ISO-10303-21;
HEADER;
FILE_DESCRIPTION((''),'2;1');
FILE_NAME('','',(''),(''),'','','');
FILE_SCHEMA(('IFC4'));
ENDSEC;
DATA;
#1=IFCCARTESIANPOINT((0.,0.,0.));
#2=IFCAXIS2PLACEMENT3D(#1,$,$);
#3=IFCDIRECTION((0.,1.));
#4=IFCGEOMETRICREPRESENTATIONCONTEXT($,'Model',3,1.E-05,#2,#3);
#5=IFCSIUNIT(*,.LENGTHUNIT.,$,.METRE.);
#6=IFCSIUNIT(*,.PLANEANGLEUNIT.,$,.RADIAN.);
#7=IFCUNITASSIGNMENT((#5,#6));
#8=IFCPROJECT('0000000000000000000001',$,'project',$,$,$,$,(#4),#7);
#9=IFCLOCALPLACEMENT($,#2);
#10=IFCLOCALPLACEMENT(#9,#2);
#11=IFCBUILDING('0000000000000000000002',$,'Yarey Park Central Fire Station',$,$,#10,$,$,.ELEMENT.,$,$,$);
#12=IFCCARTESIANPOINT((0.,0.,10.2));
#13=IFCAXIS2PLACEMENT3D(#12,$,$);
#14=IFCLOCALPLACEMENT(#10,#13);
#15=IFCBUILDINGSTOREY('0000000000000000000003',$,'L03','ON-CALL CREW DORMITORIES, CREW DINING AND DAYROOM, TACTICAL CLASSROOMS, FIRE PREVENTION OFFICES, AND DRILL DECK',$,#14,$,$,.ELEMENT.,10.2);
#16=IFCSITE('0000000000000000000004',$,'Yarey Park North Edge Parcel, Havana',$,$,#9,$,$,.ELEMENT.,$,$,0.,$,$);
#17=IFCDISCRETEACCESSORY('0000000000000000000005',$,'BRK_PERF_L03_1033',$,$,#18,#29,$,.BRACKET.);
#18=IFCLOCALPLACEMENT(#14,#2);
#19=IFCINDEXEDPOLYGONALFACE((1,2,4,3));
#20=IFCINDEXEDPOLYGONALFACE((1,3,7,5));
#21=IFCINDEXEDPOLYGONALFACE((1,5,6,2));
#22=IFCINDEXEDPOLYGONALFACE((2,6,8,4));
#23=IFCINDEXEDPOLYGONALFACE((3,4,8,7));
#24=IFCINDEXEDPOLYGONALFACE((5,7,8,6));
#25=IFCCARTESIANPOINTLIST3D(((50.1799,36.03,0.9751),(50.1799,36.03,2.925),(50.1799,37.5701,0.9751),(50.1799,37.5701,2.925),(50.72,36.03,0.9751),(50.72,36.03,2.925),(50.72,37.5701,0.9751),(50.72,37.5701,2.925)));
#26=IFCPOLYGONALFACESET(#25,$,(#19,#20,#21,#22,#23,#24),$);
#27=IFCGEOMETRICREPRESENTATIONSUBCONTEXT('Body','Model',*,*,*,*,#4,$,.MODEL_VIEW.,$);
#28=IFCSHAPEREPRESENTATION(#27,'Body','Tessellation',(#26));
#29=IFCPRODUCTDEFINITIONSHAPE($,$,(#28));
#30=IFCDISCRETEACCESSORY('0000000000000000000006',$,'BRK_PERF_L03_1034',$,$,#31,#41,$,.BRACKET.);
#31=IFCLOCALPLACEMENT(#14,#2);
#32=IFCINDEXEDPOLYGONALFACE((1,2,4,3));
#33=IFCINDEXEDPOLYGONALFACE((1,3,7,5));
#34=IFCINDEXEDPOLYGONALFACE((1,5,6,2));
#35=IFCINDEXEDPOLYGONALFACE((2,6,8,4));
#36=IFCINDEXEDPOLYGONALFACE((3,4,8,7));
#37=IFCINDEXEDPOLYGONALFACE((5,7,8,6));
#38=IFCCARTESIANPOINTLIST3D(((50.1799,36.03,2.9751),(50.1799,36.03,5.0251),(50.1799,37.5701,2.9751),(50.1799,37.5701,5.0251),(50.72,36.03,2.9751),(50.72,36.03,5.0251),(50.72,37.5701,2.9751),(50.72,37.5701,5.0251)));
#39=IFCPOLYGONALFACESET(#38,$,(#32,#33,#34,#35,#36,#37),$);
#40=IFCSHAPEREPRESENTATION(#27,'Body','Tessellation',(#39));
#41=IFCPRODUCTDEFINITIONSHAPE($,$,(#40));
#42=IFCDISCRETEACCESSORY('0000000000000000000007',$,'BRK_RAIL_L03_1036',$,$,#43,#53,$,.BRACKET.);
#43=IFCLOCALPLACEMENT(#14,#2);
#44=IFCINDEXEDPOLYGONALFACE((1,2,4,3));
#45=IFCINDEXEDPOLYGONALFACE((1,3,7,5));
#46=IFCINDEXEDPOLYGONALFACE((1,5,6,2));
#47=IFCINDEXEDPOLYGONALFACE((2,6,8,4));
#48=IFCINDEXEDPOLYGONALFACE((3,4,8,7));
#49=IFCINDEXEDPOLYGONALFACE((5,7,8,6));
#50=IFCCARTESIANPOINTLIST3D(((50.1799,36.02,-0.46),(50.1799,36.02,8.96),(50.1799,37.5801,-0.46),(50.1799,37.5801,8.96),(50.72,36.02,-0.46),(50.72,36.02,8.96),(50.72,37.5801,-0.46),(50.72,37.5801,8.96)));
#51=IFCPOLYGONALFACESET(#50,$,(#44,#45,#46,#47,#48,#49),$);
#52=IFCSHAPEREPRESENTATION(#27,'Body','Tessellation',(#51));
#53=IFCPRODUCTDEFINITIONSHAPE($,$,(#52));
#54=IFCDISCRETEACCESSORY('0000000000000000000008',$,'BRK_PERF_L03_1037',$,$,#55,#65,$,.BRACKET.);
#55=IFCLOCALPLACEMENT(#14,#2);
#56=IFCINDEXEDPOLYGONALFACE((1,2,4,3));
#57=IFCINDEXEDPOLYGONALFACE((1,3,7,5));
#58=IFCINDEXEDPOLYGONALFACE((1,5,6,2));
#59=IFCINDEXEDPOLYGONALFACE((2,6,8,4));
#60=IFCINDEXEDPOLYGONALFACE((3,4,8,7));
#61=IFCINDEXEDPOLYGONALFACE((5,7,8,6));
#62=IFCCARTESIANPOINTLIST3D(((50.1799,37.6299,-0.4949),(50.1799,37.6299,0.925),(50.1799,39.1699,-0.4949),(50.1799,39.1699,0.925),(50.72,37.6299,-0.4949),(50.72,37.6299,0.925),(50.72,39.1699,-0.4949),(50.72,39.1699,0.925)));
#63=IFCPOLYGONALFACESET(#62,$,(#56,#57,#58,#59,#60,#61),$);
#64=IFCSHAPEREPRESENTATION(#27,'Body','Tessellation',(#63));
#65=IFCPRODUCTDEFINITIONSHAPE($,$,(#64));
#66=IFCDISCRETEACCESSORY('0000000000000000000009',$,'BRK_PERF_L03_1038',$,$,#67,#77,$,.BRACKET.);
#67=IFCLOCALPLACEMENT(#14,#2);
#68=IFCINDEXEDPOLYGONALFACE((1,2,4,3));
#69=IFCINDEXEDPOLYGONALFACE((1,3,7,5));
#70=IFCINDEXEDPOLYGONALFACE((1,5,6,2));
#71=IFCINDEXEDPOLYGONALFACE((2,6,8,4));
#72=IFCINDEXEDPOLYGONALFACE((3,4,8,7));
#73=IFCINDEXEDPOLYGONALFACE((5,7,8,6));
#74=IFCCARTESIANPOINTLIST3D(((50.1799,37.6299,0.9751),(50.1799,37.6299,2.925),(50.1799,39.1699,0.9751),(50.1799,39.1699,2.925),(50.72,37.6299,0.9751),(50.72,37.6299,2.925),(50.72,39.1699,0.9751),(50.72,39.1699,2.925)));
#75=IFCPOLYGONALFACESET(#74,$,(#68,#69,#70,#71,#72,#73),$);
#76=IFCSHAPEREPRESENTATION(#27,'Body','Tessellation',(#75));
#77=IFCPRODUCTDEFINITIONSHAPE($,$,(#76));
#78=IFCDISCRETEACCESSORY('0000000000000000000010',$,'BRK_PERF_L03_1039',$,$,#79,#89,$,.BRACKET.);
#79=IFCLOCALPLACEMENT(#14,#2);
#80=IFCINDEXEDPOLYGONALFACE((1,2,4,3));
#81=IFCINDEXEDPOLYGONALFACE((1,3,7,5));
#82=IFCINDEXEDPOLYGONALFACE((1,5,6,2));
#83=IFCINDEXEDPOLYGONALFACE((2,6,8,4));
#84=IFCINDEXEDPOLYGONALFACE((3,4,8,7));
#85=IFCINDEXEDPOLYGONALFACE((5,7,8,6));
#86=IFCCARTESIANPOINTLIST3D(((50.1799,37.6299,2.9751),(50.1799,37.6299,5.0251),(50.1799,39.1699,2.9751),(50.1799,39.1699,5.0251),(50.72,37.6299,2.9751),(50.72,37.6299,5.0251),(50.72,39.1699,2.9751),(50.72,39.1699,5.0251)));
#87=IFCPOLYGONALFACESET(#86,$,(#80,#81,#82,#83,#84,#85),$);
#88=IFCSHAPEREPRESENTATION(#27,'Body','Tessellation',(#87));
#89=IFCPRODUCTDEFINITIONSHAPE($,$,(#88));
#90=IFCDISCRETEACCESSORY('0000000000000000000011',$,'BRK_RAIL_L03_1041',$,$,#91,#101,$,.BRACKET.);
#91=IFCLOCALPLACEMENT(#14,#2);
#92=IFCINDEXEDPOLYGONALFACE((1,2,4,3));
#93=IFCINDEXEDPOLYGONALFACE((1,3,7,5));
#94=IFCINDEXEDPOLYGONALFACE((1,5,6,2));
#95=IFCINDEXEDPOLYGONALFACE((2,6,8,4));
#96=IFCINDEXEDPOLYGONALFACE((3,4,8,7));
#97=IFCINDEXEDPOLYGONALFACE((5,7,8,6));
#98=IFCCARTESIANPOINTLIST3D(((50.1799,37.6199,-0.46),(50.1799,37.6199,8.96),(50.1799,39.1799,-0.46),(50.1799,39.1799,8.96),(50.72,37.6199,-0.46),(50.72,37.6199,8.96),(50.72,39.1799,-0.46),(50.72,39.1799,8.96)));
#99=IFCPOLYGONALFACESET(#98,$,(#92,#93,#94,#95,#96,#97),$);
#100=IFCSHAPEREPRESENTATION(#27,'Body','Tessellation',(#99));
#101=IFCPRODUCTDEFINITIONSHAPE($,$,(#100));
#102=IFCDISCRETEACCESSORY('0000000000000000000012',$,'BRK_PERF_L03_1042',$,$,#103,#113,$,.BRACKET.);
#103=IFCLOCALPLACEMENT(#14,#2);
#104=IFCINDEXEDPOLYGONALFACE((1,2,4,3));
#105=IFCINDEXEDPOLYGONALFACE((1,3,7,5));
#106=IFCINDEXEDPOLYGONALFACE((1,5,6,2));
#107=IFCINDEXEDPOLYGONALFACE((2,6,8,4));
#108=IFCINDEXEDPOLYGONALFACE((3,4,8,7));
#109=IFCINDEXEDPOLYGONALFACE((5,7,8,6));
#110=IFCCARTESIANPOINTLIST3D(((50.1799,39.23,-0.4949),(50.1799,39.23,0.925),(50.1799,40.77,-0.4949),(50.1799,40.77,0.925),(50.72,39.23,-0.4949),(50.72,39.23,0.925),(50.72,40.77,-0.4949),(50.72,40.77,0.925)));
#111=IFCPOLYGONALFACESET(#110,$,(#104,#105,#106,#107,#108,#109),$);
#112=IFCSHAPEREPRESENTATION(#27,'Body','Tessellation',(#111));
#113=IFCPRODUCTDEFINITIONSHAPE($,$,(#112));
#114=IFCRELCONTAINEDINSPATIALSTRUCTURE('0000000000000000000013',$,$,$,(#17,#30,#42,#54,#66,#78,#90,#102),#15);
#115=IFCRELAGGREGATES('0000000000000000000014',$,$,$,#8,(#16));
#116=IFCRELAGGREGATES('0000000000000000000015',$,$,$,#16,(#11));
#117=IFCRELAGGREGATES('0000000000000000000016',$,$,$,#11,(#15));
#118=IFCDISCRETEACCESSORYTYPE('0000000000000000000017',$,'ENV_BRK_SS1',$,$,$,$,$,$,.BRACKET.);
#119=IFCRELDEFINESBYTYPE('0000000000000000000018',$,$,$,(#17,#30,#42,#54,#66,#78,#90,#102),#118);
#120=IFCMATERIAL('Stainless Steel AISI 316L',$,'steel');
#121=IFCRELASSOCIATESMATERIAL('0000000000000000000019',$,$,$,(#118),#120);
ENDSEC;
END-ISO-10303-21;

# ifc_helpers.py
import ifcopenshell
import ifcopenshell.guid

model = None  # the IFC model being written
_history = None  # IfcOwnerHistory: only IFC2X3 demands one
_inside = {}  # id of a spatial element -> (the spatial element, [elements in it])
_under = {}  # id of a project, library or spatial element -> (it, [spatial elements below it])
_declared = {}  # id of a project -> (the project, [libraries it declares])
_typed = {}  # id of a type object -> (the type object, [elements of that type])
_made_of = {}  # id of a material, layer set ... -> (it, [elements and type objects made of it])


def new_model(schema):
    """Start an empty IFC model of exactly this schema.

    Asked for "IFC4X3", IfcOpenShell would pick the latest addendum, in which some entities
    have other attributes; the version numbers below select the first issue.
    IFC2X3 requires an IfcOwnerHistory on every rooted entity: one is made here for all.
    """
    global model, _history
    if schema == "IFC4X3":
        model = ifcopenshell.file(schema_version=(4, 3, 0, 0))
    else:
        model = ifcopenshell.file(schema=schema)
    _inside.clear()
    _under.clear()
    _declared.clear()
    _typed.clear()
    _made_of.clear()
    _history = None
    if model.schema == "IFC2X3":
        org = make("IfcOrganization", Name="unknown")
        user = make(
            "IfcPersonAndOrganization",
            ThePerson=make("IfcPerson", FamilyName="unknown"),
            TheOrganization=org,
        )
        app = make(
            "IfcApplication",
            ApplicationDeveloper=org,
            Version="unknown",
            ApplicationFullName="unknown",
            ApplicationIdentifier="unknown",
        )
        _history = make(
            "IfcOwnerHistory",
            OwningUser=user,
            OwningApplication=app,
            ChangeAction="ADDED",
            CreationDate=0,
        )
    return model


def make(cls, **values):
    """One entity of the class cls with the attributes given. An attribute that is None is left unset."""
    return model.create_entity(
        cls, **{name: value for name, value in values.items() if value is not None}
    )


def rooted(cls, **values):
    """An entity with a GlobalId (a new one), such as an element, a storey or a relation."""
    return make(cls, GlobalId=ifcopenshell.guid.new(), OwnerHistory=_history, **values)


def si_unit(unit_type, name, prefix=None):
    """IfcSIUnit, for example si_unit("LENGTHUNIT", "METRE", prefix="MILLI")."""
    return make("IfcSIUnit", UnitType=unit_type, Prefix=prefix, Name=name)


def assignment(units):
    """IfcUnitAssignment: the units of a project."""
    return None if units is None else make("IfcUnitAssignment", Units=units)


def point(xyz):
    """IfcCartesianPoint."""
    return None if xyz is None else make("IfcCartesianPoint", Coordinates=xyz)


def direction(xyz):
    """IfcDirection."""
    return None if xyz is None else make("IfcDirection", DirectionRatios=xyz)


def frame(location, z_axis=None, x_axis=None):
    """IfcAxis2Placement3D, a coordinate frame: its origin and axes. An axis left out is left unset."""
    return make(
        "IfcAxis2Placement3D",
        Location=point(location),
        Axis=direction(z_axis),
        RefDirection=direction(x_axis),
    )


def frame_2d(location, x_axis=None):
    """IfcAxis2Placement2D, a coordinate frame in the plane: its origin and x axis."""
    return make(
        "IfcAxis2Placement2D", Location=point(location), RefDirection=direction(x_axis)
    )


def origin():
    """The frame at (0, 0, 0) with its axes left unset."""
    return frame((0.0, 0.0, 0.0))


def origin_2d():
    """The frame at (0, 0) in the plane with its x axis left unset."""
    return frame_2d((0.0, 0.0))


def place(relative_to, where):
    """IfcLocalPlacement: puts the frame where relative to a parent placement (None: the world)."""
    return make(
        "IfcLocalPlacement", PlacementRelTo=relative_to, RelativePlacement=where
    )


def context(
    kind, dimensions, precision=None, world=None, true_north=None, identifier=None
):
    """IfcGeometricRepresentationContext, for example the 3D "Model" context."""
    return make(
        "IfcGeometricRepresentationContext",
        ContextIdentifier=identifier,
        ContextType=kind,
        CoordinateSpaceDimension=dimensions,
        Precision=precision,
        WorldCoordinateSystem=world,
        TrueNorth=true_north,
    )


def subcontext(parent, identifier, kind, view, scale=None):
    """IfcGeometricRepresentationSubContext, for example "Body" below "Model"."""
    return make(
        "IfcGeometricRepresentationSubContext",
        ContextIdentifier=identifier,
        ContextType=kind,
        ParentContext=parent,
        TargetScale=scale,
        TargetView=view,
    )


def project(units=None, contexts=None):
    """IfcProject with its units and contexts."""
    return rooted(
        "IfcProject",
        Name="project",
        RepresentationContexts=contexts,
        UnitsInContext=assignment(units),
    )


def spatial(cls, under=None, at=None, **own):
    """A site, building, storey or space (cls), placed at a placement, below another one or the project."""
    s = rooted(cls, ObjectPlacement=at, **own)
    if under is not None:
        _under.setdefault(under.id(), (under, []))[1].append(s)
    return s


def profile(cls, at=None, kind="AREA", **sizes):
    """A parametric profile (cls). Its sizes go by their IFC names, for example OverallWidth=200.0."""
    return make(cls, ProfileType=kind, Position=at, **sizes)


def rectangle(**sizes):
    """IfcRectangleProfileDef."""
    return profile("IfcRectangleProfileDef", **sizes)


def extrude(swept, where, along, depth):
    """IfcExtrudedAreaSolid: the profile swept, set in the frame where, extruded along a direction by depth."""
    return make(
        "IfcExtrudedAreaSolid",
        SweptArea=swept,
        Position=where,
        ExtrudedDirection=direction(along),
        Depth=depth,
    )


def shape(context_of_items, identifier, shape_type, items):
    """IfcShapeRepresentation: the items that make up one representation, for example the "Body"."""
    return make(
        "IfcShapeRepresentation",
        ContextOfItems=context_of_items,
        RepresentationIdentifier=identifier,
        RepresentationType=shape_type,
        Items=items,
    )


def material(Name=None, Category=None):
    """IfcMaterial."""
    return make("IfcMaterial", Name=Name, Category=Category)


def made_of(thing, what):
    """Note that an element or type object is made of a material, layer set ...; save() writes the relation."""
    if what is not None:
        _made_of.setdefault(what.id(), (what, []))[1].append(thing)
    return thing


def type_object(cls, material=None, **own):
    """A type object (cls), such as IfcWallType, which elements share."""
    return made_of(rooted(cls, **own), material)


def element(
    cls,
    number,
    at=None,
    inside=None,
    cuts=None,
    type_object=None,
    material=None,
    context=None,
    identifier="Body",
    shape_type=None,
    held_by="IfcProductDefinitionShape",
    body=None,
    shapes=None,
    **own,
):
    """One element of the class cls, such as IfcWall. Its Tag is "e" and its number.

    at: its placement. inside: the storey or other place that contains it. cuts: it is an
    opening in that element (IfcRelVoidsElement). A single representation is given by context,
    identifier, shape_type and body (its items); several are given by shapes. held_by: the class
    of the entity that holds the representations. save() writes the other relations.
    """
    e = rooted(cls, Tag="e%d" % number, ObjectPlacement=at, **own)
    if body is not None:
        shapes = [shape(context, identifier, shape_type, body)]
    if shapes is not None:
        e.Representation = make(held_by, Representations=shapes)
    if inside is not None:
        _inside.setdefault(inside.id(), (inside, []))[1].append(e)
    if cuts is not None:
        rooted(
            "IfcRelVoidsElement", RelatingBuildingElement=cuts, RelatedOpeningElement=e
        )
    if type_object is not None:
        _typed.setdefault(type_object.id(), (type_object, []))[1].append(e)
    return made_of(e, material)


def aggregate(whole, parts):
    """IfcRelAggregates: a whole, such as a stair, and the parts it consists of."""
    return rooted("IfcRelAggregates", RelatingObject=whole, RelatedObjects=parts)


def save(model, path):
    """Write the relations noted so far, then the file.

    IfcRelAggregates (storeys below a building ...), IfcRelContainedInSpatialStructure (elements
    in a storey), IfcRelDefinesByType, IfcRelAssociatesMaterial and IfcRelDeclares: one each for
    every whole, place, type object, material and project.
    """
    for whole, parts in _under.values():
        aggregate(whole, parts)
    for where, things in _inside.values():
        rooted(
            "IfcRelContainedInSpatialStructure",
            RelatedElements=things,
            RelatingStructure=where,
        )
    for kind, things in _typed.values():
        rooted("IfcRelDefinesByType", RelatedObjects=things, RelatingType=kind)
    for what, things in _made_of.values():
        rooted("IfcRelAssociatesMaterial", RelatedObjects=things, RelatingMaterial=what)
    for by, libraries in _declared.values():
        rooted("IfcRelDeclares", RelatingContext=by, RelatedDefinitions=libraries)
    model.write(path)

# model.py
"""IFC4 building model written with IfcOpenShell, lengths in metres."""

from ifc_helpers import new_model, si_unit, direction, frame, origin, origin_2d, place, context, subcontext, project, spatial, rectangle, extrude, material, type_object, element, save


model = new_model("IFC4")

# Units and contexts
model_context = context("Model", 3, precision=1e-05, world=origin(), true_north=direction((0.0, 1.0)))
body_context = subcontext(model_context, "Body", "Model", "MODEL_VIEW")
ifc_project = project(units=[si_unit("LENGTHUNIT", "METRE"), si_unit("PLANEANGLEUNIT", "RADIAN")], contexts=[model_context])

# Site, building, storey
site_placement = place(None, origin())
site = spatial("IfcSite", under=ifc_project, at=site_placement, Name="Yarey Park North Edge Parcel, Havana", CompositionType="ELEMENT", RefElevation=0.0)
building_placement = place(site_placement, origin())
building = spatial("IfcBuilding", under=site, at=building_placement, Name="Yarey Park Central Fire Station", CompositionType="ELEMENT")
storey_placement = place(building_placement, frame((0.0, 0.0, 10.2)))
storey = spatial("IfcBuildingStorey", under=building, at=storey_placement, Name="L03", Description="ON-CALL CREW DORMITORIES, CREW DINING AND DAYROOM, TACTICAL CLASSROOMS, FIRE PREVENTION OFFICES, AND DRILL DECK", CompositionType="ELEMENT", Elevation=10.2)

# Discrete accessories
ifc_material_1 = material(Name="Stainless Steel AISI 316L", Category="steel")
discrete_accessory_type = type_object("IfcDiscreteAccessoryType", Name="ENV_BRK_SS1", PredefinedType="BRACKET", material=ifc_material_1)
discrete_accessory_1_placement = place(storey_placement, frame((50.45, 36.8, 0.9751), z_axis=(0.0, 0.0, 1.0), x_axis=(1.0, 0.0, 0.0)))
element("IfcDiscreteAccessory", 1, at=discrete_accessory_1_placement, inside=storey, type_object=discrete_accessory_type, Name="BRK_PERF_L03_1033", PredefinedType="BRACKET", context=body_context, shape_type="SweptSolid", body=[
    extrude(rectangle(XDim=0.54, YDim=1.54, at=origin_2d()), origin(), (0.0, 0.0, 1.0), 1.95),
])
discrete_accessory_2_placement = place(storey_placement, frame((50.45, 36.8, 2.9751), z_axis=(0.0, 0.0, 1.0), x_axis=(1.0, 0.0, 0.0)))
element("IfcDiscreteAccessory", 2, at=discrete_accessory_2_placement, inside=storey, type_object=discrete_accessory_type, Name="BRK_PERF_L03_1034", PredefinedType="BRACKET", context=body_context, shape_type="SweptSolid", body=[
    extrude(rectangle(XDim=0.54, YDim=1.54, at=origin_2d()), origin(), (0.0, 0.0, 1.0), 2.05),
])
discrete_accessory_3_placement = place(storey_placement, frame((50.45, 36.8, -0.46), z_axis=(0.0, 0.0, 1.0), x_axis=(1.0, 0.0, 0.0)))
element("IfcDiscreteAccessory", 3, at=discrete_accessory_3_placement, inside=storey, type_object=discrete_accessory_type, Name="BRK_RAIL_L03_1036", PredefinedType="BRACKET", context=body_context, shape_type="SweptSolid", body=[
    extrude(rectangle(XDim=0.54, YDim=1.5601, at=origin_2d()), origin(), (0.0, 0.0, 1.0), 9.4199),
])
discrete_accessory_4_placement = place(storey_placement, frame((50.45, 38.3999, -0.4949), z_axis=(0.0, 0.0, 1.0), x_axis=(1.0, 0.0, 0.0)))
element("IfcDiscreteAccessory", 4, at=discrete_accessory_4_placement, inside=storey, type_object=discrete_accessory_type, Name="BRK_PERF_L03_1037", PredefinedType="BRACKET", context=body_context, shape_type="SweptSolid", body=[
    extrude(rectangle(XDim=0.54, YDim=1.54, at=origin_2d()), origin(), (0.0, 0.0, 1.0), 1.4199),
])
discrete_accessory_5_placement = place(storey_placement, frame((50.45, 38.3999, 0.9751), z_axis=(0.0, 0.0, 1.0), x_axis=(1.0, 0.0, 0.0)))
element("IfcDiscreteAccessory", 5, at=discrete_accessory_5_placement, inside=storey, type_object=discrete_accessory_type, Name="BRK_PERF_L03_1038", PredefinedType="BRACKET", context=body_context, shape_type="SweptSolid", body=[
    extrude(rectangle(XDim=0.54, YDim=1.54, at=origin_2d()), origin(), (0.0, 0.0, 1.0), 1.95),
])
discrete_accessory_6_placement = place(storey_placement, frame((50.45, 38.3999, 2.9751), z_axis=(0.0, 0.0, 1.0), x_axis=(1.0, 0.0, 0.0)))
element("IfcDiscreteAccessory", 6, at=discrete_accessory_6_placement, inside=storey, type_object=discrete_accessory_type, Name="BRK_PERF_L03_1039", PredefinedType="BRACKET", context=body_context, shape_type="SweptSolid", body=[
    extrude(rectangle(XDim=0.54, YDim=1.54, at=origin_2d()), origin(), (0.0, 0.0, 1.0), 2.05),
])
discrete_accessory_7_placement = place(storey_placement, frame((50.45, 38.3999, -0.46), z_axis=(0.0, 0.0, 1.0), x_axis=(1.0, 0.0, 0.0)))
element("IfcDiscreteAccessory", 7, at=discrete_accessory_7_placement, inside=storey, type_object=discrete_accessory_type, Name="BRK_RAIL_L03_1041", PredefinedType="BRACKET", context=body_context, shape_type="SweptSolid", body=[
    extrude(rectangle(XDim=0.54, YDim=1.5601, at=origin_2d()), origin(), (0.0, 0.0, 1.0), 9.4199),
])
discrete_accessory_8_placement = place(storey_placement, frame((50.45, 40.0, -0.4949), z_axis=(0.0, 0.0, 1.0), x_axis=(1.0, 0.0, 0.0)))
element("IfcDiscreteAccessory", 8, at=discrete_accessory_8_placement, inside=storey, type_object=discrete_accessory_type, Name="BRK_PERF_L03_1042", PredefinedType="BRACKET", context=body_context, shape_type="SweptSolid", body=[
    extrude(rectangle(XDim=0.54, YDim=1.54, at=origin_2d()), origin(), (0.0, 0.0, 1.0), 1.4199),
])

save(model, "model.ifc")
